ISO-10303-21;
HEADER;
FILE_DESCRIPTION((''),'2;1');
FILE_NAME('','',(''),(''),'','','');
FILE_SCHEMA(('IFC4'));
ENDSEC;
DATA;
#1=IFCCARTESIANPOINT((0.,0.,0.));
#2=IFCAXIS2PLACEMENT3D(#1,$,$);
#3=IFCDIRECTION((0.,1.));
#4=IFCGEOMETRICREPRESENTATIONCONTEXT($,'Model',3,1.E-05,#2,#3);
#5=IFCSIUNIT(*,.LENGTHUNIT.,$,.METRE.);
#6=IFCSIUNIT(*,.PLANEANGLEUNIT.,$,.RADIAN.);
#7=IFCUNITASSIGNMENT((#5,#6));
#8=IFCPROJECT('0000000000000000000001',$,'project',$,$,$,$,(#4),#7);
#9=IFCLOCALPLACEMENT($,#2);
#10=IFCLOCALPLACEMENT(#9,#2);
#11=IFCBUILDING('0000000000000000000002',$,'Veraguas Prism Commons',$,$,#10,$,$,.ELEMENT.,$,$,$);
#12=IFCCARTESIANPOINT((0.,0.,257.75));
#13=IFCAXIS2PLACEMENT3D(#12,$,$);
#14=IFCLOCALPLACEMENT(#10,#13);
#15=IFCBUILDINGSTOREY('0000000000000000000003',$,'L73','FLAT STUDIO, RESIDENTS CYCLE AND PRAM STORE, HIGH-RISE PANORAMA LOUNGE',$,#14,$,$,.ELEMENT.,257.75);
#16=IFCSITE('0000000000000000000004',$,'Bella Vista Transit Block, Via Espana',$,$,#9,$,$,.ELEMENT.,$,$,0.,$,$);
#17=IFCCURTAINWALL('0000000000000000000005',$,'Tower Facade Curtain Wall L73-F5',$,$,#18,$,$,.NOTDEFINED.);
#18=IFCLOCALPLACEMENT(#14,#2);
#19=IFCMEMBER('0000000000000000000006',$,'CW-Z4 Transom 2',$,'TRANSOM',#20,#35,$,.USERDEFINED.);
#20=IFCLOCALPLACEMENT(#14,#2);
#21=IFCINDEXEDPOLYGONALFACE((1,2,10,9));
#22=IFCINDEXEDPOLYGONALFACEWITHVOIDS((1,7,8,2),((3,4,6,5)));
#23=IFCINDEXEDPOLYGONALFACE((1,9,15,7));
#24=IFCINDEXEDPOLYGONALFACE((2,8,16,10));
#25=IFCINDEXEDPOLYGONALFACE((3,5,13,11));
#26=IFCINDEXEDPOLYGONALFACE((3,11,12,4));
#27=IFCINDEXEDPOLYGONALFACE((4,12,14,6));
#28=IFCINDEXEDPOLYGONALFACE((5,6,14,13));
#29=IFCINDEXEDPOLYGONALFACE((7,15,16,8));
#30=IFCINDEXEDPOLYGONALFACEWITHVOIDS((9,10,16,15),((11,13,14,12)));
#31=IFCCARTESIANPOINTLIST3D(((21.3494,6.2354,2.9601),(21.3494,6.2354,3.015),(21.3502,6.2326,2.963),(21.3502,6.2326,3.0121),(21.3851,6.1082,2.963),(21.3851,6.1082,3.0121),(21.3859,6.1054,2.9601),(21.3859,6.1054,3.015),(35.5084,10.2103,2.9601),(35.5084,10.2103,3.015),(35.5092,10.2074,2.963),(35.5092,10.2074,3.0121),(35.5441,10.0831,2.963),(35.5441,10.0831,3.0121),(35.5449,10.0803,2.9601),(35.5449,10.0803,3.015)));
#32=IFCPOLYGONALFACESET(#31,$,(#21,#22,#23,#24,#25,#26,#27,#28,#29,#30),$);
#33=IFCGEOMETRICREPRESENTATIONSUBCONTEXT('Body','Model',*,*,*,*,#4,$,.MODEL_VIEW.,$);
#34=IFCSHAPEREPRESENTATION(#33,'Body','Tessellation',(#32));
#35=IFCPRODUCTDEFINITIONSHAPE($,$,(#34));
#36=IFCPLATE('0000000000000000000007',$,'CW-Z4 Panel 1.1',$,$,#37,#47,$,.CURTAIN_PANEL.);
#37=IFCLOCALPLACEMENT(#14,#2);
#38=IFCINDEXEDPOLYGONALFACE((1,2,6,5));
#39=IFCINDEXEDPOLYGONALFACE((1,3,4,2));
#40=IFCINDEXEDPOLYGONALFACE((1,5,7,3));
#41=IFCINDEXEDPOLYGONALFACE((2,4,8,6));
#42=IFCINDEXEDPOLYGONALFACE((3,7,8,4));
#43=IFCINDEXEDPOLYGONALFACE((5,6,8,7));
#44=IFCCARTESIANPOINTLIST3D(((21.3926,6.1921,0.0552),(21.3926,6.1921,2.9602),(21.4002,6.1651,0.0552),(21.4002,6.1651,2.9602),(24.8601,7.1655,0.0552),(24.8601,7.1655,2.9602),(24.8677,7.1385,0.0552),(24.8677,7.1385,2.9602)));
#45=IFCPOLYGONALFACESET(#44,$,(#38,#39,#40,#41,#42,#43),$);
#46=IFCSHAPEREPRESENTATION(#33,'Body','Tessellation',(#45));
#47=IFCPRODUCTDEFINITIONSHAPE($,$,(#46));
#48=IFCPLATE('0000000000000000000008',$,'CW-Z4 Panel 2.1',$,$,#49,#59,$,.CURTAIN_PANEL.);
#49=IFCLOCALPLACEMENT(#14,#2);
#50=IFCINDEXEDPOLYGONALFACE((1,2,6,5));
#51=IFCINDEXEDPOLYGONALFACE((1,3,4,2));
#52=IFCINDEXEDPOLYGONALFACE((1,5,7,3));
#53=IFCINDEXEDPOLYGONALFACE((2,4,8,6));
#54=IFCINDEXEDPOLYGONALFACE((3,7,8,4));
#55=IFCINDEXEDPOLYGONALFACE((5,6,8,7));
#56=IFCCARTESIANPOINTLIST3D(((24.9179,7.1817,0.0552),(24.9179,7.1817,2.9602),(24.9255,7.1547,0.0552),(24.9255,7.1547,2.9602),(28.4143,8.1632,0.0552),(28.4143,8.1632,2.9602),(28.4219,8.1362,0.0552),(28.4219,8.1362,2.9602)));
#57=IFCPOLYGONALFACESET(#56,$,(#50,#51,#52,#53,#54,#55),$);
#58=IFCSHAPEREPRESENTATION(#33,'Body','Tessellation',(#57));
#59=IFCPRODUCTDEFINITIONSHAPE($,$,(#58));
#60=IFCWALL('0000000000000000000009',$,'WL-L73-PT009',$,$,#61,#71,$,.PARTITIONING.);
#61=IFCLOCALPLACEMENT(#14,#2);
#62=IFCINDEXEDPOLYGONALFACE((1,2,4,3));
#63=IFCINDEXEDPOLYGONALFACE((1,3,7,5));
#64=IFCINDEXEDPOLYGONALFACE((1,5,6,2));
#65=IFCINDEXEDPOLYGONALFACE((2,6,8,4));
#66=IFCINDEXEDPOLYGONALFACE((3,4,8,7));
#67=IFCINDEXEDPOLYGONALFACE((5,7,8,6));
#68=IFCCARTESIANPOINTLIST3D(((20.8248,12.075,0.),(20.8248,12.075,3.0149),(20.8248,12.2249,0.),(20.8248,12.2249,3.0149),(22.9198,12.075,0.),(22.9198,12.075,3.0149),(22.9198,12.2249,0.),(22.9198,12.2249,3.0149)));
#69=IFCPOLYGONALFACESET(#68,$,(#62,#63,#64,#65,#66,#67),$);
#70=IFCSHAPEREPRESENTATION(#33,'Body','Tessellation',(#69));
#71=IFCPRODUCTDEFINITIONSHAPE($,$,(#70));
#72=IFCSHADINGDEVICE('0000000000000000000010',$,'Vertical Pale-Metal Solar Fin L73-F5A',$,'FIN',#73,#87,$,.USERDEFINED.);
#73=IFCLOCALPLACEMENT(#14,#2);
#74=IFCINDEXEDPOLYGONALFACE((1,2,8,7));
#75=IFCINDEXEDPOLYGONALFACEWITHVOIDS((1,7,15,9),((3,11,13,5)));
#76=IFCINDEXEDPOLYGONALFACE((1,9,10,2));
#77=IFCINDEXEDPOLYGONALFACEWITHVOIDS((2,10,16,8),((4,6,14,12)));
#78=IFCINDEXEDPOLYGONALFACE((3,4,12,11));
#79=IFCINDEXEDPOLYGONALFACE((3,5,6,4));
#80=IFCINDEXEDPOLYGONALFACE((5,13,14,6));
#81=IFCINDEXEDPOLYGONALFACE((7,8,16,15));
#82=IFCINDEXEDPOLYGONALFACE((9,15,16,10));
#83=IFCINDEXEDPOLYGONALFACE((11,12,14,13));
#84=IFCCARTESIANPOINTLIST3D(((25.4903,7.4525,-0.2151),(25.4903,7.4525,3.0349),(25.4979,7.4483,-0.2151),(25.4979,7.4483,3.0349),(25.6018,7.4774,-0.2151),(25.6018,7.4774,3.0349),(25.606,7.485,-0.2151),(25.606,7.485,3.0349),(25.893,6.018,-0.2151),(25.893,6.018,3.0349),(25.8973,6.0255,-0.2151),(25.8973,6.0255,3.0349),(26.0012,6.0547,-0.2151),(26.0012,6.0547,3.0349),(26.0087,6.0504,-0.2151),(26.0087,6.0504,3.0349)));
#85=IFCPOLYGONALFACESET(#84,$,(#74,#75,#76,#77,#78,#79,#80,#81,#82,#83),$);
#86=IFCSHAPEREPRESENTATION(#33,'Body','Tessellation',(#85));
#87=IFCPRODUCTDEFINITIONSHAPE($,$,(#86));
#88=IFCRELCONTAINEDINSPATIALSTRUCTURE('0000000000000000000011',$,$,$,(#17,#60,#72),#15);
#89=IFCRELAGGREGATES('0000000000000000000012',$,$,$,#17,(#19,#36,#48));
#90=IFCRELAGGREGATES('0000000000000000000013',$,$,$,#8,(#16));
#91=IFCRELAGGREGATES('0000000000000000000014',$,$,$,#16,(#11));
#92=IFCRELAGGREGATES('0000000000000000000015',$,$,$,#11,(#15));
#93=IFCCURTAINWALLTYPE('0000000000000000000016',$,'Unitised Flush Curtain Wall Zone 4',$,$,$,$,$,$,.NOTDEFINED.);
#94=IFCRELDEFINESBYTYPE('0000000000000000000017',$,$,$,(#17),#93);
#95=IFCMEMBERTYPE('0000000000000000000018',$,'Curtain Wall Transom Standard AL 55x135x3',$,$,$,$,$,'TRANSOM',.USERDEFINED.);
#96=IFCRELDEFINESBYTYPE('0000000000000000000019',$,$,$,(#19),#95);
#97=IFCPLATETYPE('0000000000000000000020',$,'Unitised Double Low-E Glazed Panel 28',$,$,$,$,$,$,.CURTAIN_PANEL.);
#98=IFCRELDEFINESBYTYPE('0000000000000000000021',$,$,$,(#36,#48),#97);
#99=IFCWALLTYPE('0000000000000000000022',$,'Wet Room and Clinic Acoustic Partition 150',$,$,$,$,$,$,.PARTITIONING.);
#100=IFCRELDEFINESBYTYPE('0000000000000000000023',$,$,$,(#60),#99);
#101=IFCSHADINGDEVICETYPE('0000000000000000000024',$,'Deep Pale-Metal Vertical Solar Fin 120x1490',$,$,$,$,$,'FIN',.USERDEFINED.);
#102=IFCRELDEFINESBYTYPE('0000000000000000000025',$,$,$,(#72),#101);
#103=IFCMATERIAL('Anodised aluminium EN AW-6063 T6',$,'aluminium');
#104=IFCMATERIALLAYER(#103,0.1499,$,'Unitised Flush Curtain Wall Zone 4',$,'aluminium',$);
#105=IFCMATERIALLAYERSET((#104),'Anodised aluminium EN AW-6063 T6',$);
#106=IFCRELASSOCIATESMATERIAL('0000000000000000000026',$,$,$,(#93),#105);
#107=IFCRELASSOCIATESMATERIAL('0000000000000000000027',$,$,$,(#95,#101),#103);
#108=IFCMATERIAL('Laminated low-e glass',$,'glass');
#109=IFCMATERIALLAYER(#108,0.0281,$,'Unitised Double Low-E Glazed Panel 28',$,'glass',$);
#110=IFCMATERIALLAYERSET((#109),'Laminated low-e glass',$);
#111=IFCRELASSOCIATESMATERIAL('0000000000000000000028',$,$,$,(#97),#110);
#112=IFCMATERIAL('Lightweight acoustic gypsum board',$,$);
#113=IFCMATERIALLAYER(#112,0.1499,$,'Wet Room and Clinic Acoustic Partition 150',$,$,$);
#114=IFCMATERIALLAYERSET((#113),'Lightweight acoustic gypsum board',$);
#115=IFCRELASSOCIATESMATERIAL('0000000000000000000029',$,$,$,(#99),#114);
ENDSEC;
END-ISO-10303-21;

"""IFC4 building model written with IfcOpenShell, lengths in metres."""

from ifc_helpers import new_model, si_unit, direction, frame, frame_2d, origin, origin_2d, place, context, subcontext, project, spatial, rectangle, hollow_rectangle, extrude, source, transform, mapped, material, layer, layer_set, material_profile, profile_set, type_object, element, aggregate, save


model = new_model("IFC4")

# Units and contexts
model_context = context("Model", 3, precision=1e-05, world=origin(), true_north=direction((0.0, 1.0)))
body_context = subcontext(model_context, "Body", "Model", "MODEL_VIEW")
ifc_project = project(units=[si_unit("LENGTHUNIT", "METRE"), si_unit("PLANEANGLEUNIT", "RADIAN")], contexts=[model_context])

# Site, building, storey
site_placement = place(None, origin())
site = spatial("IfcSite", under=ifc_project, at=site_placement, Name="Bella Vista Transit Block, Via Espana", CompositionType="ELEMENT", RefElevation=0.0)
building_placement = place(site_placement, origin())
building = spatial("IfcBuilding", under=site, at=building_placement, Name="Veraguas Prism Commons", CompositionType="ELEMENT")
storey_placement = place(building_placement, frame((0.0, 0.0, 257.75)))
storey = spatial("IfcBuildingStorey", under=building, at=storey_placement, Name="L73", Description="FLAT STUDIO, RESIDENTS CYCLE AND PRAM STORE, HIGH-RISE PANORAMA LOUNGE", CompositionType="ELEMENT", Elevation=257.75)

# Curtain wall
ifc_material_1 = material(Name="Anodised aluminium EN AW-6063 T6", Category="aluminium")
ifc_layer_1 = layer(ifc_material_1, 0.1499, Name="Unitised Flush Curtain Wall Zone 4", Category="aluminium")
ifc_layer_set_1 = layer_set([ifc_layer_1], Name="Anodised aluminium EN AW-6063 T6")
curtain_wall_type = type_object("IfcCurtainWallType", Name="Unitised Flush Curtain Wall Zone 4", PredefinedType="NOTDEFINED", material=ifc_layer_set_1)
curtain_wall_1_placement = place(storey_placement, origin())
curtain_wall_1 = element("IfcCurtainWall", 1, at=curtain_wall_1_placement, inside=storey, type_object=curtain_wall_type, Name="Tower Facade Curtain Wall L73-F5", PredefinedType="NOTDEFINED")

# Member
ifc_material_profile_1 = material_profile(ifc_material_1, hollow_rectangle(XDim=0.0549, YDim=0.135, WallThickness=0.0029, at=origin_2d()), Name="AL55X135X3")
ifc_profile_set_1 = profile_set([ifc_material_profile_1], Name="Anodised aluminium EN AW-6063 T6")
member_type_1 = type_object("IfcMemberType", Name="Curtain Wall Transom Standard AL 55x135x3", ElementType="TRANSOM", PredefinedType="USERDEFINED", material=ifc_profile_set_1)
shared_shape_1 = source(origin(), body_context, "Body", "SweptSolid", [
    extrude(hollow_rectangle(XDim=0.0549, YDim=0.135, WallThickness=0.0029, at=origin_2d()), origin(), (0.0, 0.0, 1.0), 14.7063),
])
member_1_placement = place(storey_placement, frame((21.3677, 6.1704, 2.9875), z_axis=(0.962781, 0.270283, 0.0), x_axis=(0.0, 0.0, 1.0)))
member_1 = element("IfcMember", 2, at=member_1_placement, type_object=member_type_1, Name="CW-Z4 Transom 2", ObjectType="TRANSOM", PredefinedType="USERDEFINED", context=body_context, shape_type="MappedRepresentation", body=[
    mapped(shared_shape_1, transform((0.0, 0.0, 0.0), scale=1.0)),
])

# Plates
ifc_material_2 = material(Name="Laminated low-e glass", Category="glass")
ifc_layer_2 = layer(ifc_material_2, 0.0281, Name="Unitised Double Low-E Glazed Panel 28", Category="glass")
ifc_layer_set_2 = layer_set([ifc_layer_2], Name="Laminated low-e glass")
plate_type = type_object("IfcPlateType", Name="Unitised Double Low-E Glazed Panel 28", PredefinedType="CURTAIN_PANEL", material=ifc_layer_set_2)
shared_shape_2 = source(origin(), body_context, "Body", "SweptSolid", [
    extrude(rectangle(XDim=3.6016, YDim=0.0281, at=origin_2d()), origin(), (0.0, 0.0, 1.0), 2.905),
])
plate_1_placement = place(storey_placement, frame((23.1301, 6.6653, 0.0552), z_axis=(0.0, 0.0, 1.0), x_axis=(0.962785, 0.270269, 0.0)))
plate_1 = element("IfcPlate", 3, at=plate_1_placement, type_object=plate_type, Name="CW-Z4 Panel 1.1", PredefinedType="CURTAIN_PANEL", context=body_context, shape_type="MappedRepresentation", body=[
    mapped(shared_shape_2, transform((0.0, 0.0, 0.0), scale=1.0)),
])
shared_shape_3 = source(origin(), body_context, "Body", "SweptSolid", [
    extrude(rectangle(XDim=3.6316, YDim=0.0281, at=origin_2d()), origin(), (0.0, 0.0, 1.0), 2.905),
])
plate_2_placement = place(storey_placement, frame((26.6699, 7.6589, 0.0552), z_axis=(0.0, 0.0, 1.0), x_axis=(0.962785, 0.270269, 0.0)))
plate_2 = element("IfcPlate", 4, at=plate_2_placement, type_object=plate_type, Name="CW-Z4 Panel 2.1", PredefinedType="CURTAIN_PANEL", context=body_context, shape_type="MappedRepresentation", body=[
    mapped(shared_shape_3, transform((0.0, 0.0, 0.0), scale=1.0)),
])
aggregate(curtain_wall_1, [member_1, plate_1, plate_2])

# Wall
ifc_material_3 = material(Name="Lightweight acoustic gypsum board")
ifc_layer_3 = layer(ifc_material_3, 0.1499, Name="Wet Room and Clinic Acoustic Partition 150")
ifc_layer_set_3 = layer_set([ifc_layer_3], Name="Lightweight acoustic gypsum board")
wall_type = type_object("IfcWallType", Name="Wet Room and Clinic Acoustic Partition 150", PredefinedType="PARTITIONING", material=ifc_layer_set_3)
wall_placement = place(storey_placement, frame((20.825, 12.1499, 0.0), z_axis=(0.0, 0.0, 1.0), x_axis=(1.0, 0.0, 0.0)))
element("IfcWall", 5, at=wall_placement, inside=storey, type_object=wall_type, Name="WL-L73-PT009", PredefinedType="PARTITIONING", context=body_context, shape_type="SweptSolid", body=[
    extrude(rectangle(XDim=2.095, YDim=0.1499, at=frame_2d((1.0474, 0.0))), origin(), (0.0, 0.0, 1.0), 3.0149),
])

# Shading device
ifc_material_profile_2 = material_profile(ifc_material_1, hollow_rectangle(XDim=0.1201, YDim=1.49, WallThickness=0.0061, at=origin_2d()), Name="FIN120X1490X6")
ifc_profile_set_2 = profile_set([ifc_material_profile_2], Name="Anodised aluminium EN AW-6063 T6")
shading_device_type = type_object("IfcShadingDeviceType", Name="Deep Pale-Metal Vertical Solar Fin 120x1490", ElementType="FIN", PredefinedType="USERDEFINED", material=ifc_profile_set_2)
shading_device_placement = place(storey_placement, frame((25.7495, 6.7515, -0.2151), z_axis=(0.0, 0.0, 1.0), x_axis=(0.962785, 0.270268, 0.0)))
element("IfcShadingDevice", 6, at=shading_device_placement, inside=storey, type_object=shading_device_type, Name="Vertical Pale-Metal Solar Fin L73-F5A", ObjectType="FIN", PredefinedType="USERDEFINED", context=body_context, shape_type="SweptSolid", body=[
    extrude(hollow_rectangle(XDim=0.1201, YDim=1.49, WallThickness=0.0061, at=origin_2d()), origin(), (0.0, 0.0, 1.0), 3.25),
])

save(model, "model.ifc")
